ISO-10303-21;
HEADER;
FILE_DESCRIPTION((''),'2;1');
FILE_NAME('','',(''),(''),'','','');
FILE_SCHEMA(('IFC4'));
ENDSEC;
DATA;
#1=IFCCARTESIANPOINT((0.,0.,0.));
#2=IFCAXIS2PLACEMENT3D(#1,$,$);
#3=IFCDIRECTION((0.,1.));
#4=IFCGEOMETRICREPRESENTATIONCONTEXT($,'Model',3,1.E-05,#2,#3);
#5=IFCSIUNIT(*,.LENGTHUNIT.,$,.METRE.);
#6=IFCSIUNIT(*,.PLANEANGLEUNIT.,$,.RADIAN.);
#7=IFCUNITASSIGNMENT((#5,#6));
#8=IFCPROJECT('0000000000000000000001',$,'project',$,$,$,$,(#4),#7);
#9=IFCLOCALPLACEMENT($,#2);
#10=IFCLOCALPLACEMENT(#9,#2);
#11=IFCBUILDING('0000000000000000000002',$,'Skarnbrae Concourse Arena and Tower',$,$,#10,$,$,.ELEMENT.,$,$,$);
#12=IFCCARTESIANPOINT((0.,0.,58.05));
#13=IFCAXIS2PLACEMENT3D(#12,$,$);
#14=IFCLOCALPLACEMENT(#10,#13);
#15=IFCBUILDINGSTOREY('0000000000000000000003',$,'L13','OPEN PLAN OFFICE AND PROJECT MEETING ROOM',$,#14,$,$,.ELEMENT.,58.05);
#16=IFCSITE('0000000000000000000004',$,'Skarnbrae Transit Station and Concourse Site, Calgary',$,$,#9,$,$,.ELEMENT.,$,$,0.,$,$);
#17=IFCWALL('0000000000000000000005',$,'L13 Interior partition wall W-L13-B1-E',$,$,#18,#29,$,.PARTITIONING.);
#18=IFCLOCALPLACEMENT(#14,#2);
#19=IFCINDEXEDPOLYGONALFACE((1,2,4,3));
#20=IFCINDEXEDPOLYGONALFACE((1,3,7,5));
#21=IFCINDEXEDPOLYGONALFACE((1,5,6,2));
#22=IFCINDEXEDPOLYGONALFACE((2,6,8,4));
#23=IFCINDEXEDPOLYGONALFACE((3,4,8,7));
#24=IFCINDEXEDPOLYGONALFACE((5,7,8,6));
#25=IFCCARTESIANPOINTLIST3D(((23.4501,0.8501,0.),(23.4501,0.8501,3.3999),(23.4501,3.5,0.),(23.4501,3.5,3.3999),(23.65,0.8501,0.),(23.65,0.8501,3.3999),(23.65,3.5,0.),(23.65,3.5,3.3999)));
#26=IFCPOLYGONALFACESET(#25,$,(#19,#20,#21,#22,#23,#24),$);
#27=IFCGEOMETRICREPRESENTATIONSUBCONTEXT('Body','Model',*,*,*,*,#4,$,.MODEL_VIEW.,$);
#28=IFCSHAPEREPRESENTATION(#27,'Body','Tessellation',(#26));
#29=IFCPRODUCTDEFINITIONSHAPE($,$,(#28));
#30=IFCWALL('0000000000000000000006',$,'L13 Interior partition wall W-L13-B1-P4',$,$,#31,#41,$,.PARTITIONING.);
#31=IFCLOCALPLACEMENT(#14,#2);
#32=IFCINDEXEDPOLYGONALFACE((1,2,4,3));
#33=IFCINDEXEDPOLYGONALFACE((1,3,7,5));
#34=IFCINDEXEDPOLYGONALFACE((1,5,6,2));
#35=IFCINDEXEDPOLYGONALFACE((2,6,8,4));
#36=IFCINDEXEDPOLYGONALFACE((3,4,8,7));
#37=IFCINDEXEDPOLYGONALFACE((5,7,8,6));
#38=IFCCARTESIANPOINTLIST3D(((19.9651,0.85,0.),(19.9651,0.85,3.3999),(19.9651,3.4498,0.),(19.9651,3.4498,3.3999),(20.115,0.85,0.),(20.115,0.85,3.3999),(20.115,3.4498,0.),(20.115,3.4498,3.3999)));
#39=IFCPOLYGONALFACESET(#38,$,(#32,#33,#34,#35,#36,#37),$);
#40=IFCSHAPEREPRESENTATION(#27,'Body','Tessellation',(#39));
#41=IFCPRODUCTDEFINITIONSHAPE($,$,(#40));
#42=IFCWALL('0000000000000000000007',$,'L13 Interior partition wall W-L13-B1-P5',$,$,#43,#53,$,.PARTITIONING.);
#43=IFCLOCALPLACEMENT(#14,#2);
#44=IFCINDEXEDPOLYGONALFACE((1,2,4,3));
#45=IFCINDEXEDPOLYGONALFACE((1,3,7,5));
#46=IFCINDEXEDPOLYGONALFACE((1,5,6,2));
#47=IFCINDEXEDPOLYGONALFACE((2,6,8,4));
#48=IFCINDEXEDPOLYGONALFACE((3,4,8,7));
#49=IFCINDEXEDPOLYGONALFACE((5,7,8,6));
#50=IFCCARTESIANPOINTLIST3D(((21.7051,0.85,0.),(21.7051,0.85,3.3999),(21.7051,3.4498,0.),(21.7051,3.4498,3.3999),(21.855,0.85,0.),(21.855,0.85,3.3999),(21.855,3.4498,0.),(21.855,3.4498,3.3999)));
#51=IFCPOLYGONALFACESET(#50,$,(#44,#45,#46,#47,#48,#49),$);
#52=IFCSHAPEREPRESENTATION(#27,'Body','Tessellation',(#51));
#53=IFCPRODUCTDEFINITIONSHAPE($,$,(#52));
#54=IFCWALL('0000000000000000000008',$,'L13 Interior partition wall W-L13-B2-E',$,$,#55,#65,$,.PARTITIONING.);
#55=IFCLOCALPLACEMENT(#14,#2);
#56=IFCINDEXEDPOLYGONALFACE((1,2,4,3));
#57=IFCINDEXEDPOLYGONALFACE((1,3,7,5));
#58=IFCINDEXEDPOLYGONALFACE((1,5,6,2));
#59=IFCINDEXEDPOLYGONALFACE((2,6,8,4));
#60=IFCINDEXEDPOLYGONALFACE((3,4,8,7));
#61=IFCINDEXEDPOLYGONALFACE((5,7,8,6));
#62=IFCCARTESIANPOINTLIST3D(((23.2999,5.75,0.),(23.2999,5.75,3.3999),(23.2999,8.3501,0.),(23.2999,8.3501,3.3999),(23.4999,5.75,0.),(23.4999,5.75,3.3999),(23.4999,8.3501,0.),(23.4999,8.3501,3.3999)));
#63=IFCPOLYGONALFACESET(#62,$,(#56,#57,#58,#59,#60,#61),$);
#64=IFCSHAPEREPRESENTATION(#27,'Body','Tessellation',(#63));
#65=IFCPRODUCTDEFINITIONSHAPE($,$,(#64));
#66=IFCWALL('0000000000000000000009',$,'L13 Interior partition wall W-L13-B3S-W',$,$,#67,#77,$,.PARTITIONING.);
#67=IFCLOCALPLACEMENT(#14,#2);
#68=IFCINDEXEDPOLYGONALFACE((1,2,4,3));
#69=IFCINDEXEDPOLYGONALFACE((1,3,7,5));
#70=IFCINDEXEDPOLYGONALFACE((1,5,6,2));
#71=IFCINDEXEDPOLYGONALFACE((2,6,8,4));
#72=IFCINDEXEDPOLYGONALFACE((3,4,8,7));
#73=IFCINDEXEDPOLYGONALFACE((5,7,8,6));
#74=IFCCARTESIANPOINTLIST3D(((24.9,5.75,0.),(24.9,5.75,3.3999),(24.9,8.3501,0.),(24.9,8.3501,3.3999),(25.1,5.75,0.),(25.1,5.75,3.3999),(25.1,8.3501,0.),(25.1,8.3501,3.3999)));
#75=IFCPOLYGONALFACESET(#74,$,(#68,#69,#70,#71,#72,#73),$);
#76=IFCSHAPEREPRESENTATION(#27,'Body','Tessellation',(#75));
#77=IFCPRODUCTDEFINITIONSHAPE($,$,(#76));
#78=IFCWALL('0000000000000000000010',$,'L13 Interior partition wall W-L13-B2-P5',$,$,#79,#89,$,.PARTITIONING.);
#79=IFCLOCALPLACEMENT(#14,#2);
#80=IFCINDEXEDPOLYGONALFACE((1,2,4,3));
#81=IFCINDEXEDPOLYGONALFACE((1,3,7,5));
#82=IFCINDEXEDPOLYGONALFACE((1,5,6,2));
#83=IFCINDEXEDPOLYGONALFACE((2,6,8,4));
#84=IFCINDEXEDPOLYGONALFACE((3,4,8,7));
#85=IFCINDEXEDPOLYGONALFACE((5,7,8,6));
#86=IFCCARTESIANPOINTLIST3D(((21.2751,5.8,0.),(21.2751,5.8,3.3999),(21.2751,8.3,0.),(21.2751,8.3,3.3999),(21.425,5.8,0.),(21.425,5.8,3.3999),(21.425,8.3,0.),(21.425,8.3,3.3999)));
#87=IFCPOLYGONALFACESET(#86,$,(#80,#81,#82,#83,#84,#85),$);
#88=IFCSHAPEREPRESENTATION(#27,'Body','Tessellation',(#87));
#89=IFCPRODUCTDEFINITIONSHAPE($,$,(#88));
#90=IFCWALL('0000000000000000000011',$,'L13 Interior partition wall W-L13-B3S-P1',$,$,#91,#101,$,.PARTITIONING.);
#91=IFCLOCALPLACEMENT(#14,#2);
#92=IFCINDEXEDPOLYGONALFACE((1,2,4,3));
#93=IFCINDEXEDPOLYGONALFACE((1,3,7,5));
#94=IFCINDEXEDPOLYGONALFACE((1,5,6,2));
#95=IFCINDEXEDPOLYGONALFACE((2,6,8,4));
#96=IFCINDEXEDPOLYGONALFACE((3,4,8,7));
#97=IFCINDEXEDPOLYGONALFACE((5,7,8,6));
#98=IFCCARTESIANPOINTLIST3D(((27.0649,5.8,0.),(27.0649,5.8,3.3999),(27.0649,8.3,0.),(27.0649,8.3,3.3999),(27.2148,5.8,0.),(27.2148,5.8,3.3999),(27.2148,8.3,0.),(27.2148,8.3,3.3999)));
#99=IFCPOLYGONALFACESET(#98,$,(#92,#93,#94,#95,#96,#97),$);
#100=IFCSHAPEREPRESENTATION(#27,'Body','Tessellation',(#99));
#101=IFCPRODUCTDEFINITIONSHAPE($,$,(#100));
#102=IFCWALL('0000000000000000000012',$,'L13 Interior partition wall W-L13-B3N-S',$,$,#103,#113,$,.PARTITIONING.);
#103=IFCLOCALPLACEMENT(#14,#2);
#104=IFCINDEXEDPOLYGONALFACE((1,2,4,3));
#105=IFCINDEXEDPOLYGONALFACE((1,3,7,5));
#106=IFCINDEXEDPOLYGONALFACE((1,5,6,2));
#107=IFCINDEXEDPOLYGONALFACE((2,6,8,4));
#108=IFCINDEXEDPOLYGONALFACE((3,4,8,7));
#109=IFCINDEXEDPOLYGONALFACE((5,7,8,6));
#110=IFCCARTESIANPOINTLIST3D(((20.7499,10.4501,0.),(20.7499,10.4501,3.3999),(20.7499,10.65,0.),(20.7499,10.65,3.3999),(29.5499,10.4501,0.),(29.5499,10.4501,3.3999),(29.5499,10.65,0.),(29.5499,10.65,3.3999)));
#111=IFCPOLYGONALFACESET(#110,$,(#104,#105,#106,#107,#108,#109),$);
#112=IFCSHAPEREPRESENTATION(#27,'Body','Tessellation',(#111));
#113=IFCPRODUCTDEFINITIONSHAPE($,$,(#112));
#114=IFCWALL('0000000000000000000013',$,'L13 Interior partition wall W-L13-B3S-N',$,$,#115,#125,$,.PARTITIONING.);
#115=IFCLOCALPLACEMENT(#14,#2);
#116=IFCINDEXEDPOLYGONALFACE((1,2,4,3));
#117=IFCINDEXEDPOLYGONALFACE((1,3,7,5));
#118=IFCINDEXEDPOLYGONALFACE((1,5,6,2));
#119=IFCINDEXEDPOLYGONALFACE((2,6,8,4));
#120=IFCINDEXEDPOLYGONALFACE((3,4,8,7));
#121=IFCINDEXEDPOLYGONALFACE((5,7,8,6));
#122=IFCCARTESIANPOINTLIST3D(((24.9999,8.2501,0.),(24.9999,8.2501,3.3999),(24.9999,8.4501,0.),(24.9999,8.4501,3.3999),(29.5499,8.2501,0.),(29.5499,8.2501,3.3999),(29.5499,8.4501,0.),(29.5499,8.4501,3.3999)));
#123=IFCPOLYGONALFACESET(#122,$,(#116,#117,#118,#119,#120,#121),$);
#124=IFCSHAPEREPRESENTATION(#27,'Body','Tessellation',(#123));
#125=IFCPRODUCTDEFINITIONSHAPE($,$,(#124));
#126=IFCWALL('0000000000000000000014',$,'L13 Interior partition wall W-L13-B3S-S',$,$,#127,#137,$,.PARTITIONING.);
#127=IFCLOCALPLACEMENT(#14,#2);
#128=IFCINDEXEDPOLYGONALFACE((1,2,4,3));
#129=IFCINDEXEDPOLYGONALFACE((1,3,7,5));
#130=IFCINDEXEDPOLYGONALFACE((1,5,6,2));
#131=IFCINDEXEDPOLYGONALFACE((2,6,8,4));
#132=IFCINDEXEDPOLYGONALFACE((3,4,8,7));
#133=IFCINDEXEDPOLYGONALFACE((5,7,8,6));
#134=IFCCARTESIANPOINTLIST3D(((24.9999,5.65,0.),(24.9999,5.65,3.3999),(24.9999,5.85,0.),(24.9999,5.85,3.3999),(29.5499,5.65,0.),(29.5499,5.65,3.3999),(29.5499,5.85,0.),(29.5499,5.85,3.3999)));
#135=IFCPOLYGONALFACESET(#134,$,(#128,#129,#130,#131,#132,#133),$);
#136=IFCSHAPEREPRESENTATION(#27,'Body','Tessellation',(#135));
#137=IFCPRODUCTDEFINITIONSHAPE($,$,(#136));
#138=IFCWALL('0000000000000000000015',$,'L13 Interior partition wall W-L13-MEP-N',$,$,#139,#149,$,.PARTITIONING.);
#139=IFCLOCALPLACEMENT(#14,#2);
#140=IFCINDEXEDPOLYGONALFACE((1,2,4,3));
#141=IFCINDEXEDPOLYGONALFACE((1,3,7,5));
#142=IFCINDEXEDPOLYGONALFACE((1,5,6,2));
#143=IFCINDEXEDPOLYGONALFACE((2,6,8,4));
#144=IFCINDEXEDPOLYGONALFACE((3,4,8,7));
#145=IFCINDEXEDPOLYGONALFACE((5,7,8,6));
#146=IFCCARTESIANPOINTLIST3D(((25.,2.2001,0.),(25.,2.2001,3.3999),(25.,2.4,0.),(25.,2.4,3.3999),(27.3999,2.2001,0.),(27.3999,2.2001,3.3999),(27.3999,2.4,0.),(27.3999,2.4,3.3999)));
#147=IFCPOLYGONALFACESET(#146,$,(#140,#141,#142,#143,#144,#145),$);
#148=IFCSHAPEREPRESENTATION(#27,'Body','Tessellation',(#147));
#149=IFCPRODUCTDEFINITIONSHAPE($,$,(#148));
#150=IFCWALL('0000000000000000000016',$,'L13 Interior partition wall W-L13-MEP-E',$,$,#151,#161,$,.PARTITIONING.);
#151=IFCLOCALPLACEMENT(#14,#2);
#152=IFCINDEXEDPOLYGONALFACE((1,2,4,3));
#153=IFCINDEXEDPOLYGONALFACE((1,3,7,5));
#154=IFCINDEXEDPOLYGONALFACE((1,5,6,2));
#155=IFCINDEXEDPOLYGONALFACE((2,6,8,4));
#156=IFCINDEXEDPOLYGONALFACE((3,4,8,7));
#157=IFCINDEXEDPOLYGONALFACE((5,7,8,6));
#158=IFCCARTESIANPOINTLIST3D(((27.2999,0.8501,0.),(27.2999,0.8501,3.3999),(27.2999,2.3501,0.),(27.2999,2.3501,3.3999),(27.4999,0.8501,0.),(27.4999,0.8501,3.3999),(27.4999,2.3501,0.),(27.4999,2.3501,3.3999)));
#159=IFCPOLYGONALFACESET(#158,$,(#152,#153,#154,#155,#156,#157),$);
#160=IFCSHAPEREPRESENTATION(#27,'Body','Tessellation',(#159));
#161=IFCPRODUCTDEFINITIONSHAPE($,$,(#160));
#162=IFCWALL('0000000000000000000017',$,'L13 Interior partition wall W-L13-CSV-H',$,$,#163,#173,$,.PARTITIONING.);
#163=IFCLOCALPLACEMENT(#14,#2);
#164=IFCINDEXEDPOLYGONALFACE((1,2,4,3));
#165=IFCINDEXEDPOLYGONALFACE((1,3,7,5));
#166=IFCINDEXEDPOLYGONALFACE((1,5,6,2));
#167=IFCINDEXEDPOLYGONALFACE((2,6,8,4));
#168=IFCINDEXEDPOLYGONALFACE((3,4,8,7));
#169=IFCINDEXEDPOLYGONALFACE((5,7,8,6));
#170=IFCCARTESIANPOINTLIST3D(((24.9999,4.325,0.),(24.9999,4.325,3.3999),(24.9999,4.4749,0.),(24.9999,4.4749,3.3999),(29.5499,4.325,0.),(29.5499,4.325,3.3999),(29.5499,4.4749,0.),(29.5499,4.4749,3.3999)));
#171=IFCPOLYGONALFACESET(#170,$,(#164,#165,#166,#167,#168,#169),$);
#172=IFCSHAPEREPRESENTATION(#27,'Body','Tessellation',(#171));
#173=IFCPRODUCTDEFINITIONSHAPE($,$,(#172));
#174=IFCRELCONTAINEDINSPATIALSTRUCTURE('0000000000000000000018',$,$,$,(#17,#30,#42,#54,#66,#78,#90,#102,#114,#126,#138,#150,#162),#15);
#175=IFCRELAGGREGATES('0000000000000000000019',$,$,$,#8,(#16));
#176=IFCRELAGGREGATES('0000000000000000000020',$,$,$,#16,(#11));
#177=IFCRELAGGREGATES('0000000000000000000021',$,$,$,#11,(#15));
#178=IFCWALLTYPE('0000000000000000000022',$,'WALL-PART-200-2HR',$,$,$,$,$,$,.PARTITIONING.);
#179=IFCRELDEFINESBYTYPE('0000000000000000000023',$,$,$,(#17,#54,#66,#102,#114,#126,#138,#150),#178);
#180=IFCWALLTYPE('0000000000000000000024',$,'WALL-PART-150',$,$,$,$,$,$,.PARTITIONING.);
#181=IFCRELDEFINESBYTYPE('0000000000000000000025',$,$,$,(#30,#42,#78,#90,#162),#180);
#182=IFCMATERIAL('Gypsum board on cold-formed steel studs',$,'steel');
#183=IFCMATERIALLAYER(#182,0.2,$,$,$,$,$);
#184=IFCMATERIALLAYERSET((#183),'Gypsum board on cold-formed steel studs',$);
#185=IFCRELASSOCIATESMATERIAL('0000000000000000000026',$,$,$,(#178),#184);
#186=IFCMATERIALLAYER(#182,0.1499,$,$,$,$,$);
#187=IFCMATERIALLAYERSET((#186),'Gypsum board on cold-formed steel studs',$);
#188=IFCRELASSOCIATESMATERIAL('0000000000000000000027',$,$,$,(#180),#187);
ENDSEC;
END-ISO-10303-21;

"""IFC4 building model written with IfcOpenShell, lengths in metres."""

from ifc_helpers import new_model, si_unit, direction, frame, frame_2d, origin, place, context, subcontext, project, spatial, rectangle, extrude, source, transform, mapped, material, layer, layer_set, type_object, element, save


model = new_model("IFC4")

# Units and contexts
model_context = context("Model", 3, precision=1e-05, world=origin(), true_north=direction((0.0, 1.0)))
body_context = subcontext(model_context, "Body", "Model", "MODEL_VIEW")
ifc_project = project(units=[si_unit("LENGTHUNIT", "METRE"), si_unit("PLANEANGLEUNIT", "RADIAN")], contexts=[model_context])

# Site, building, storey
site_placement = place(None, origin())
site = spatial("IfcSite", under=ifc_project, at=site_placement, Name="Skarnbrae Transit Station and Concourse Site, Calgary", CompositionType="ELEMENT", RefElevation=0.0)
building_placement = place(site_placement, origin())
building = spatial("IfcBuilding", under=site, at=building_placement, Name="Skarnbrae Concourse Arena and Tower", CompositionType="ELEMENT")
storey_placement = place(building_placement, frame((0.0, 0.0, 58.05)))
storey = spatial("IfcBuildingStorey", under=building, at=storey_placement, Name="L13", Description="OPEN PLAN OFFICE AND PROJECT MEETING ROOM", CompositionType="ELEMENT", Elevation=58.05)

# Walls
ifc_material_1 = material(Name="Gypsum board on cold-formed steel studs", Category="steel")
ifc_layer_1 = layer(ifc_material_1, 0.2)
ifc_layer_set_1 = layer_set([ifc_layer_1], Name="Gypsum board on cold-formed steel studs")
wall_type_1 = type_object("IfcWallType", Name="WALL-PART-200-2HR", PredefinedType="PARTITIONING", material=ifc_layer_set_1)
shared_shape_1 = source(origin(), body_context, "Body", "SweptSolid", [
    extrude(rectangle(XDim=2.6499, YDim=0.2, at=frame_2d((1.325, 0.0))), origin(), (0.0, 0.0, 1.0), 3.3999),
])
wall_1_placement = place(storey_placement, frame((23.55, 0.8501, 0.0), z_axis=(0.0, 0.0, 1.0), x_axis=(0.0, 1.0, 0.0)))
element("IfcWall", 1, at=wall_1_placement, inside=storey, type_object=wall_type_1, Name="L13 Interior partition wall W-L13-B1-E", PredefinedType="PARTITIONING", context=body_context, shape_type="MappedRepresentation", body=[
    mapped(shared_shape_1, transform((0.0, 0.0, 0.0))),
])
ifc_layer_2 = layer(ifc_material_1, 0.1499)
ifc_layer_set_2 = layer_set([ifc_layer_2], Name="Gypsum board on cold-formed steel studs")
wall_type_2 = type_object("IfcWallType", Name="WALL-PART-150", PredefinedType="PARTITIONING", material=ifc_layer_set_2)
shared_shape_2 = source(origin(), body_context, "Body", "SweptSolid", [
    extrude(rectangle(XDim=2.5999, YDim=0.1499, at=frame_2d((1.2998, 0.0))), origin(), (0.0, 0.0, 1.0), 3.3999),
])
for number, where, z_axis, x_axis, name in (
    (2, (20.04, 0.8501, 0.0), (0.0, 0.0, 1.0), (0.0, 1.0, 0.0), "L13 Interior partition wall W-L13-B1-P4"),
    (3, (21.78, 0.8501, 0.0), (0.0, 0.0, 1.0), (0.0, 1.0, 0.0), "L13 Interior partition wall W-L13-B1-P5"),
):
    element("IfcWall", number, at=place(storey_placement, frame(where, z_axis=z_axis, x_axis=x_axis)), inside=storey, type_object=wall_type_2, Name=name, PredefinedType="PARTITIONING", context=body_context, shape_type="MappedRepresentation", body=[
        mapped(shared_shape_2, transform((0.0, 0.0, 0.0))),
    ])
shared_shape_3 = source(origin(), body_context, "Body", "SweptSolid", [
    extrude(rectangle(XDim=2.6001, YDim=0.2, at=frame_2d((1.3, 0.0))), origin(), (0.0, 0.0, 1.0), 3.3999),
])
for number, where, z_axis, x_axis, name in (
    (4, (23.3999, 5.75, 0.0), (0.0, 0.0, 1.0), (0.0, 1.0, 0.0), "L13 Interior partition wall W-L13-B2-E"),
    (5, (25.0, 5.75, 0.0), (0.0, 0.0, 1.0), (0.0, 1.0, 0.0), "L13 Interior partition wall W-L13-B3S-W"),
):
    element("IfcWall", number, at=place(storey_placement, frame(where, z_axis=z_axis, x_axis=x_axis)), inside=storey, type_object=wall_type_1, Name=name, PredefinedType="PARTITIONING", context=body_context, shape_type="MappedRepresentation", body=[
        mapped(shared_shape_3, transform((0.0, 0.0, 0.0))),
    ])
shared_shape_4 = source(origin(), body_context, "Body", "SweptSolid", [
    extrude(rectangle(XDim=2.5, YDim=0.1499, at=frame_2d((1.25, 0.0))), origin(), (0.0, 0.0, 1.0), 3.3999),
])
for number, where, z_axis, x_axis, name in (
    (6, (21.3501, 5.8, 0.0), (0.0, 0.0, 1.0), (0.0, 1.0, 0.0), "L13 Interior partition wall W-L13-B2-P5"),
    (7, (27.1399, 5.8, 0.0), (0.0, 0.0, 1.0), (0.0, 1.0, 0.0), "L13 Interior partition wall W-L13-B3S-P1"),
):
    element("IfcWall", number, at=place(storey_placement, frame(where, z_axis=z_axis, x_axis=x_axis)), inside=storey, type_object=wall_type_2, Name=name, PredefinedType="PARTITIONING", context=body_context, shape_type="MappedRepresentation", body=[
        mapped(shared_shape_4, transform((0.0, 0.0, 0.0))),
    ])
shared_shape_5 = source(origin(), body_context, "Body", "SweptSolid", [
    extrude(rectangle(XDim=8.8, YDim=0.2, at=frame_2d((4.3999, 0.0))), origin(), (0.0, 0.0, 1.0), 3.3999),
])
wall_2_placement = place(storey_placement, frame((20.75, 10.55, 0.0), z_axis=(0.0, 0.0, 1.0), x_axis=(1.0, 0.0, 0.0)))
element("IfcWall", 8, at=wall_2_placement, inside=storey, type_object=wall_type_1, Name="L13 Interior partition wall W-L13-B3N-S", PredefinedType="PARTITIONING", context=body_context, shape_type="MappedRepresentation", body=[
    mapped(shared_shape_5, transform((0.0, 0.0, 0.0))),
])
shared_shape_6 = source(origin(), body_context, "Body", "SweptSolid", [
    extrude(rectangle(XDim=4.55, YDim=0.2, at=frame_2d((2.2749, 0.0))), origin(), (0.0, 0.0, 1.0), 3.3999),
])
for number, where, z_axis, x_axis, name in (
    (9, (25.0, 8.3501, 0.0), (0.0, 0.0, 1.0), (1.0, 0.0, 0.0), "L13 Interior partition wall W-L13-B3S-N"),
    (10, (25.0, 5.75, 0.0), (0.0, 0.0, 1.0), (1.0, 0.0, 0.0), "L13 Interior partition wall W-L13-B3S-S"),
):
    element("IfcWall", number, at=place(storey_placement, frame(where, z_axis=z_axis, x_axis=x_axis)), inside=storey, type_object=wall_type_1, Name=name, PredefinedType="PARTITIONING", context=body_context, shape_type="MappedRepresentation", body=[
        mapped(shared_shape_6, transform((0.0, 0.0, 0.0))),
    ])

# Walls
shared_shape_7 = source(origin(), body_context, "Body", "SweptSolid", [
    extrude(rectangle(XDim=2.3999, YDim=0.2, at=frame_2d((1.2, 0.0))), origin(), (0.0, 0.0, 1.0), 3.3999),
])
wall_3_placement = place(storey_placement, frame((25.0, 2.3, 0.0), z_axis=(0.0, 0.0, 1.0), x_axis=(1.0, 0.0, 0.0)))
element("IfcWall", 11, at=wall_3_placement, inside=storey, type_object=wall_type_1, Name="L13 Interior partition wall W-L13-MEP-N", PredefinedType="PARTITIONING", context=body_context, shape_type="MappedRepresentation", body=[
    mapped(shared_shape_7, transform((0.0, 0.0, 0.0))),
])
shared_shape_8 = source(origin(), body_context, "Body", "SweptSolid", [
    extrude(rectangle(XDim=1.5, YDim=0.2, at=frame_2d((0.75, 0.0))), origin(), (0.0, 0.0, 1.0), 3.3999),
])
wall_4_placement = place(storey_placement, frame((27.3999, 0.8501, 0.0), z_axis=(0.0, 0.0, 1.0), x_axis=(0.0, 1.0, 0.0)))
element("IfcWall", 12, at=wall_4_placement, inside=storey, type_object=wall_type_1, Name="L13 Interior partition wall W-L13-MEP-E", PredefinedType="PARTITIONING", context=body_context, shape_type="MappedRepresentation", body=[
    mapped(shared_shape_8, transform((0.0, 0.0, 0.0))),
])
shared_shape_9 = source(origin(), body_context, "Body", "SweptSolid", [
    extrude(rectangle(XDim=4.55, YDim=0.1499, at=frame_2d((2.2749, 0.0))), origin(), (0.0, 0.0, 1.0), 3.3999),
])
wall_5_placement = place(storey_placement, frame((25.0, 4.3999, 0.0), z_axis=(0.0, 0.0, 1.0), x_axis=(1.0, 0.0, 0.0)))
element("IfcWall", 13, at=wall_5_placement, inside=storey, type_object=wall_type_2, Name="L13 Interior partition wall W-L13-CSV-H", PredefinedType="PARTITIONING", context=body_context, shape_type="MappedRepresentation", body=[
    mapped(shared_shape_9, transform((0.0, 0.0, 0.0))),
])

save(model, "model.ifc")
